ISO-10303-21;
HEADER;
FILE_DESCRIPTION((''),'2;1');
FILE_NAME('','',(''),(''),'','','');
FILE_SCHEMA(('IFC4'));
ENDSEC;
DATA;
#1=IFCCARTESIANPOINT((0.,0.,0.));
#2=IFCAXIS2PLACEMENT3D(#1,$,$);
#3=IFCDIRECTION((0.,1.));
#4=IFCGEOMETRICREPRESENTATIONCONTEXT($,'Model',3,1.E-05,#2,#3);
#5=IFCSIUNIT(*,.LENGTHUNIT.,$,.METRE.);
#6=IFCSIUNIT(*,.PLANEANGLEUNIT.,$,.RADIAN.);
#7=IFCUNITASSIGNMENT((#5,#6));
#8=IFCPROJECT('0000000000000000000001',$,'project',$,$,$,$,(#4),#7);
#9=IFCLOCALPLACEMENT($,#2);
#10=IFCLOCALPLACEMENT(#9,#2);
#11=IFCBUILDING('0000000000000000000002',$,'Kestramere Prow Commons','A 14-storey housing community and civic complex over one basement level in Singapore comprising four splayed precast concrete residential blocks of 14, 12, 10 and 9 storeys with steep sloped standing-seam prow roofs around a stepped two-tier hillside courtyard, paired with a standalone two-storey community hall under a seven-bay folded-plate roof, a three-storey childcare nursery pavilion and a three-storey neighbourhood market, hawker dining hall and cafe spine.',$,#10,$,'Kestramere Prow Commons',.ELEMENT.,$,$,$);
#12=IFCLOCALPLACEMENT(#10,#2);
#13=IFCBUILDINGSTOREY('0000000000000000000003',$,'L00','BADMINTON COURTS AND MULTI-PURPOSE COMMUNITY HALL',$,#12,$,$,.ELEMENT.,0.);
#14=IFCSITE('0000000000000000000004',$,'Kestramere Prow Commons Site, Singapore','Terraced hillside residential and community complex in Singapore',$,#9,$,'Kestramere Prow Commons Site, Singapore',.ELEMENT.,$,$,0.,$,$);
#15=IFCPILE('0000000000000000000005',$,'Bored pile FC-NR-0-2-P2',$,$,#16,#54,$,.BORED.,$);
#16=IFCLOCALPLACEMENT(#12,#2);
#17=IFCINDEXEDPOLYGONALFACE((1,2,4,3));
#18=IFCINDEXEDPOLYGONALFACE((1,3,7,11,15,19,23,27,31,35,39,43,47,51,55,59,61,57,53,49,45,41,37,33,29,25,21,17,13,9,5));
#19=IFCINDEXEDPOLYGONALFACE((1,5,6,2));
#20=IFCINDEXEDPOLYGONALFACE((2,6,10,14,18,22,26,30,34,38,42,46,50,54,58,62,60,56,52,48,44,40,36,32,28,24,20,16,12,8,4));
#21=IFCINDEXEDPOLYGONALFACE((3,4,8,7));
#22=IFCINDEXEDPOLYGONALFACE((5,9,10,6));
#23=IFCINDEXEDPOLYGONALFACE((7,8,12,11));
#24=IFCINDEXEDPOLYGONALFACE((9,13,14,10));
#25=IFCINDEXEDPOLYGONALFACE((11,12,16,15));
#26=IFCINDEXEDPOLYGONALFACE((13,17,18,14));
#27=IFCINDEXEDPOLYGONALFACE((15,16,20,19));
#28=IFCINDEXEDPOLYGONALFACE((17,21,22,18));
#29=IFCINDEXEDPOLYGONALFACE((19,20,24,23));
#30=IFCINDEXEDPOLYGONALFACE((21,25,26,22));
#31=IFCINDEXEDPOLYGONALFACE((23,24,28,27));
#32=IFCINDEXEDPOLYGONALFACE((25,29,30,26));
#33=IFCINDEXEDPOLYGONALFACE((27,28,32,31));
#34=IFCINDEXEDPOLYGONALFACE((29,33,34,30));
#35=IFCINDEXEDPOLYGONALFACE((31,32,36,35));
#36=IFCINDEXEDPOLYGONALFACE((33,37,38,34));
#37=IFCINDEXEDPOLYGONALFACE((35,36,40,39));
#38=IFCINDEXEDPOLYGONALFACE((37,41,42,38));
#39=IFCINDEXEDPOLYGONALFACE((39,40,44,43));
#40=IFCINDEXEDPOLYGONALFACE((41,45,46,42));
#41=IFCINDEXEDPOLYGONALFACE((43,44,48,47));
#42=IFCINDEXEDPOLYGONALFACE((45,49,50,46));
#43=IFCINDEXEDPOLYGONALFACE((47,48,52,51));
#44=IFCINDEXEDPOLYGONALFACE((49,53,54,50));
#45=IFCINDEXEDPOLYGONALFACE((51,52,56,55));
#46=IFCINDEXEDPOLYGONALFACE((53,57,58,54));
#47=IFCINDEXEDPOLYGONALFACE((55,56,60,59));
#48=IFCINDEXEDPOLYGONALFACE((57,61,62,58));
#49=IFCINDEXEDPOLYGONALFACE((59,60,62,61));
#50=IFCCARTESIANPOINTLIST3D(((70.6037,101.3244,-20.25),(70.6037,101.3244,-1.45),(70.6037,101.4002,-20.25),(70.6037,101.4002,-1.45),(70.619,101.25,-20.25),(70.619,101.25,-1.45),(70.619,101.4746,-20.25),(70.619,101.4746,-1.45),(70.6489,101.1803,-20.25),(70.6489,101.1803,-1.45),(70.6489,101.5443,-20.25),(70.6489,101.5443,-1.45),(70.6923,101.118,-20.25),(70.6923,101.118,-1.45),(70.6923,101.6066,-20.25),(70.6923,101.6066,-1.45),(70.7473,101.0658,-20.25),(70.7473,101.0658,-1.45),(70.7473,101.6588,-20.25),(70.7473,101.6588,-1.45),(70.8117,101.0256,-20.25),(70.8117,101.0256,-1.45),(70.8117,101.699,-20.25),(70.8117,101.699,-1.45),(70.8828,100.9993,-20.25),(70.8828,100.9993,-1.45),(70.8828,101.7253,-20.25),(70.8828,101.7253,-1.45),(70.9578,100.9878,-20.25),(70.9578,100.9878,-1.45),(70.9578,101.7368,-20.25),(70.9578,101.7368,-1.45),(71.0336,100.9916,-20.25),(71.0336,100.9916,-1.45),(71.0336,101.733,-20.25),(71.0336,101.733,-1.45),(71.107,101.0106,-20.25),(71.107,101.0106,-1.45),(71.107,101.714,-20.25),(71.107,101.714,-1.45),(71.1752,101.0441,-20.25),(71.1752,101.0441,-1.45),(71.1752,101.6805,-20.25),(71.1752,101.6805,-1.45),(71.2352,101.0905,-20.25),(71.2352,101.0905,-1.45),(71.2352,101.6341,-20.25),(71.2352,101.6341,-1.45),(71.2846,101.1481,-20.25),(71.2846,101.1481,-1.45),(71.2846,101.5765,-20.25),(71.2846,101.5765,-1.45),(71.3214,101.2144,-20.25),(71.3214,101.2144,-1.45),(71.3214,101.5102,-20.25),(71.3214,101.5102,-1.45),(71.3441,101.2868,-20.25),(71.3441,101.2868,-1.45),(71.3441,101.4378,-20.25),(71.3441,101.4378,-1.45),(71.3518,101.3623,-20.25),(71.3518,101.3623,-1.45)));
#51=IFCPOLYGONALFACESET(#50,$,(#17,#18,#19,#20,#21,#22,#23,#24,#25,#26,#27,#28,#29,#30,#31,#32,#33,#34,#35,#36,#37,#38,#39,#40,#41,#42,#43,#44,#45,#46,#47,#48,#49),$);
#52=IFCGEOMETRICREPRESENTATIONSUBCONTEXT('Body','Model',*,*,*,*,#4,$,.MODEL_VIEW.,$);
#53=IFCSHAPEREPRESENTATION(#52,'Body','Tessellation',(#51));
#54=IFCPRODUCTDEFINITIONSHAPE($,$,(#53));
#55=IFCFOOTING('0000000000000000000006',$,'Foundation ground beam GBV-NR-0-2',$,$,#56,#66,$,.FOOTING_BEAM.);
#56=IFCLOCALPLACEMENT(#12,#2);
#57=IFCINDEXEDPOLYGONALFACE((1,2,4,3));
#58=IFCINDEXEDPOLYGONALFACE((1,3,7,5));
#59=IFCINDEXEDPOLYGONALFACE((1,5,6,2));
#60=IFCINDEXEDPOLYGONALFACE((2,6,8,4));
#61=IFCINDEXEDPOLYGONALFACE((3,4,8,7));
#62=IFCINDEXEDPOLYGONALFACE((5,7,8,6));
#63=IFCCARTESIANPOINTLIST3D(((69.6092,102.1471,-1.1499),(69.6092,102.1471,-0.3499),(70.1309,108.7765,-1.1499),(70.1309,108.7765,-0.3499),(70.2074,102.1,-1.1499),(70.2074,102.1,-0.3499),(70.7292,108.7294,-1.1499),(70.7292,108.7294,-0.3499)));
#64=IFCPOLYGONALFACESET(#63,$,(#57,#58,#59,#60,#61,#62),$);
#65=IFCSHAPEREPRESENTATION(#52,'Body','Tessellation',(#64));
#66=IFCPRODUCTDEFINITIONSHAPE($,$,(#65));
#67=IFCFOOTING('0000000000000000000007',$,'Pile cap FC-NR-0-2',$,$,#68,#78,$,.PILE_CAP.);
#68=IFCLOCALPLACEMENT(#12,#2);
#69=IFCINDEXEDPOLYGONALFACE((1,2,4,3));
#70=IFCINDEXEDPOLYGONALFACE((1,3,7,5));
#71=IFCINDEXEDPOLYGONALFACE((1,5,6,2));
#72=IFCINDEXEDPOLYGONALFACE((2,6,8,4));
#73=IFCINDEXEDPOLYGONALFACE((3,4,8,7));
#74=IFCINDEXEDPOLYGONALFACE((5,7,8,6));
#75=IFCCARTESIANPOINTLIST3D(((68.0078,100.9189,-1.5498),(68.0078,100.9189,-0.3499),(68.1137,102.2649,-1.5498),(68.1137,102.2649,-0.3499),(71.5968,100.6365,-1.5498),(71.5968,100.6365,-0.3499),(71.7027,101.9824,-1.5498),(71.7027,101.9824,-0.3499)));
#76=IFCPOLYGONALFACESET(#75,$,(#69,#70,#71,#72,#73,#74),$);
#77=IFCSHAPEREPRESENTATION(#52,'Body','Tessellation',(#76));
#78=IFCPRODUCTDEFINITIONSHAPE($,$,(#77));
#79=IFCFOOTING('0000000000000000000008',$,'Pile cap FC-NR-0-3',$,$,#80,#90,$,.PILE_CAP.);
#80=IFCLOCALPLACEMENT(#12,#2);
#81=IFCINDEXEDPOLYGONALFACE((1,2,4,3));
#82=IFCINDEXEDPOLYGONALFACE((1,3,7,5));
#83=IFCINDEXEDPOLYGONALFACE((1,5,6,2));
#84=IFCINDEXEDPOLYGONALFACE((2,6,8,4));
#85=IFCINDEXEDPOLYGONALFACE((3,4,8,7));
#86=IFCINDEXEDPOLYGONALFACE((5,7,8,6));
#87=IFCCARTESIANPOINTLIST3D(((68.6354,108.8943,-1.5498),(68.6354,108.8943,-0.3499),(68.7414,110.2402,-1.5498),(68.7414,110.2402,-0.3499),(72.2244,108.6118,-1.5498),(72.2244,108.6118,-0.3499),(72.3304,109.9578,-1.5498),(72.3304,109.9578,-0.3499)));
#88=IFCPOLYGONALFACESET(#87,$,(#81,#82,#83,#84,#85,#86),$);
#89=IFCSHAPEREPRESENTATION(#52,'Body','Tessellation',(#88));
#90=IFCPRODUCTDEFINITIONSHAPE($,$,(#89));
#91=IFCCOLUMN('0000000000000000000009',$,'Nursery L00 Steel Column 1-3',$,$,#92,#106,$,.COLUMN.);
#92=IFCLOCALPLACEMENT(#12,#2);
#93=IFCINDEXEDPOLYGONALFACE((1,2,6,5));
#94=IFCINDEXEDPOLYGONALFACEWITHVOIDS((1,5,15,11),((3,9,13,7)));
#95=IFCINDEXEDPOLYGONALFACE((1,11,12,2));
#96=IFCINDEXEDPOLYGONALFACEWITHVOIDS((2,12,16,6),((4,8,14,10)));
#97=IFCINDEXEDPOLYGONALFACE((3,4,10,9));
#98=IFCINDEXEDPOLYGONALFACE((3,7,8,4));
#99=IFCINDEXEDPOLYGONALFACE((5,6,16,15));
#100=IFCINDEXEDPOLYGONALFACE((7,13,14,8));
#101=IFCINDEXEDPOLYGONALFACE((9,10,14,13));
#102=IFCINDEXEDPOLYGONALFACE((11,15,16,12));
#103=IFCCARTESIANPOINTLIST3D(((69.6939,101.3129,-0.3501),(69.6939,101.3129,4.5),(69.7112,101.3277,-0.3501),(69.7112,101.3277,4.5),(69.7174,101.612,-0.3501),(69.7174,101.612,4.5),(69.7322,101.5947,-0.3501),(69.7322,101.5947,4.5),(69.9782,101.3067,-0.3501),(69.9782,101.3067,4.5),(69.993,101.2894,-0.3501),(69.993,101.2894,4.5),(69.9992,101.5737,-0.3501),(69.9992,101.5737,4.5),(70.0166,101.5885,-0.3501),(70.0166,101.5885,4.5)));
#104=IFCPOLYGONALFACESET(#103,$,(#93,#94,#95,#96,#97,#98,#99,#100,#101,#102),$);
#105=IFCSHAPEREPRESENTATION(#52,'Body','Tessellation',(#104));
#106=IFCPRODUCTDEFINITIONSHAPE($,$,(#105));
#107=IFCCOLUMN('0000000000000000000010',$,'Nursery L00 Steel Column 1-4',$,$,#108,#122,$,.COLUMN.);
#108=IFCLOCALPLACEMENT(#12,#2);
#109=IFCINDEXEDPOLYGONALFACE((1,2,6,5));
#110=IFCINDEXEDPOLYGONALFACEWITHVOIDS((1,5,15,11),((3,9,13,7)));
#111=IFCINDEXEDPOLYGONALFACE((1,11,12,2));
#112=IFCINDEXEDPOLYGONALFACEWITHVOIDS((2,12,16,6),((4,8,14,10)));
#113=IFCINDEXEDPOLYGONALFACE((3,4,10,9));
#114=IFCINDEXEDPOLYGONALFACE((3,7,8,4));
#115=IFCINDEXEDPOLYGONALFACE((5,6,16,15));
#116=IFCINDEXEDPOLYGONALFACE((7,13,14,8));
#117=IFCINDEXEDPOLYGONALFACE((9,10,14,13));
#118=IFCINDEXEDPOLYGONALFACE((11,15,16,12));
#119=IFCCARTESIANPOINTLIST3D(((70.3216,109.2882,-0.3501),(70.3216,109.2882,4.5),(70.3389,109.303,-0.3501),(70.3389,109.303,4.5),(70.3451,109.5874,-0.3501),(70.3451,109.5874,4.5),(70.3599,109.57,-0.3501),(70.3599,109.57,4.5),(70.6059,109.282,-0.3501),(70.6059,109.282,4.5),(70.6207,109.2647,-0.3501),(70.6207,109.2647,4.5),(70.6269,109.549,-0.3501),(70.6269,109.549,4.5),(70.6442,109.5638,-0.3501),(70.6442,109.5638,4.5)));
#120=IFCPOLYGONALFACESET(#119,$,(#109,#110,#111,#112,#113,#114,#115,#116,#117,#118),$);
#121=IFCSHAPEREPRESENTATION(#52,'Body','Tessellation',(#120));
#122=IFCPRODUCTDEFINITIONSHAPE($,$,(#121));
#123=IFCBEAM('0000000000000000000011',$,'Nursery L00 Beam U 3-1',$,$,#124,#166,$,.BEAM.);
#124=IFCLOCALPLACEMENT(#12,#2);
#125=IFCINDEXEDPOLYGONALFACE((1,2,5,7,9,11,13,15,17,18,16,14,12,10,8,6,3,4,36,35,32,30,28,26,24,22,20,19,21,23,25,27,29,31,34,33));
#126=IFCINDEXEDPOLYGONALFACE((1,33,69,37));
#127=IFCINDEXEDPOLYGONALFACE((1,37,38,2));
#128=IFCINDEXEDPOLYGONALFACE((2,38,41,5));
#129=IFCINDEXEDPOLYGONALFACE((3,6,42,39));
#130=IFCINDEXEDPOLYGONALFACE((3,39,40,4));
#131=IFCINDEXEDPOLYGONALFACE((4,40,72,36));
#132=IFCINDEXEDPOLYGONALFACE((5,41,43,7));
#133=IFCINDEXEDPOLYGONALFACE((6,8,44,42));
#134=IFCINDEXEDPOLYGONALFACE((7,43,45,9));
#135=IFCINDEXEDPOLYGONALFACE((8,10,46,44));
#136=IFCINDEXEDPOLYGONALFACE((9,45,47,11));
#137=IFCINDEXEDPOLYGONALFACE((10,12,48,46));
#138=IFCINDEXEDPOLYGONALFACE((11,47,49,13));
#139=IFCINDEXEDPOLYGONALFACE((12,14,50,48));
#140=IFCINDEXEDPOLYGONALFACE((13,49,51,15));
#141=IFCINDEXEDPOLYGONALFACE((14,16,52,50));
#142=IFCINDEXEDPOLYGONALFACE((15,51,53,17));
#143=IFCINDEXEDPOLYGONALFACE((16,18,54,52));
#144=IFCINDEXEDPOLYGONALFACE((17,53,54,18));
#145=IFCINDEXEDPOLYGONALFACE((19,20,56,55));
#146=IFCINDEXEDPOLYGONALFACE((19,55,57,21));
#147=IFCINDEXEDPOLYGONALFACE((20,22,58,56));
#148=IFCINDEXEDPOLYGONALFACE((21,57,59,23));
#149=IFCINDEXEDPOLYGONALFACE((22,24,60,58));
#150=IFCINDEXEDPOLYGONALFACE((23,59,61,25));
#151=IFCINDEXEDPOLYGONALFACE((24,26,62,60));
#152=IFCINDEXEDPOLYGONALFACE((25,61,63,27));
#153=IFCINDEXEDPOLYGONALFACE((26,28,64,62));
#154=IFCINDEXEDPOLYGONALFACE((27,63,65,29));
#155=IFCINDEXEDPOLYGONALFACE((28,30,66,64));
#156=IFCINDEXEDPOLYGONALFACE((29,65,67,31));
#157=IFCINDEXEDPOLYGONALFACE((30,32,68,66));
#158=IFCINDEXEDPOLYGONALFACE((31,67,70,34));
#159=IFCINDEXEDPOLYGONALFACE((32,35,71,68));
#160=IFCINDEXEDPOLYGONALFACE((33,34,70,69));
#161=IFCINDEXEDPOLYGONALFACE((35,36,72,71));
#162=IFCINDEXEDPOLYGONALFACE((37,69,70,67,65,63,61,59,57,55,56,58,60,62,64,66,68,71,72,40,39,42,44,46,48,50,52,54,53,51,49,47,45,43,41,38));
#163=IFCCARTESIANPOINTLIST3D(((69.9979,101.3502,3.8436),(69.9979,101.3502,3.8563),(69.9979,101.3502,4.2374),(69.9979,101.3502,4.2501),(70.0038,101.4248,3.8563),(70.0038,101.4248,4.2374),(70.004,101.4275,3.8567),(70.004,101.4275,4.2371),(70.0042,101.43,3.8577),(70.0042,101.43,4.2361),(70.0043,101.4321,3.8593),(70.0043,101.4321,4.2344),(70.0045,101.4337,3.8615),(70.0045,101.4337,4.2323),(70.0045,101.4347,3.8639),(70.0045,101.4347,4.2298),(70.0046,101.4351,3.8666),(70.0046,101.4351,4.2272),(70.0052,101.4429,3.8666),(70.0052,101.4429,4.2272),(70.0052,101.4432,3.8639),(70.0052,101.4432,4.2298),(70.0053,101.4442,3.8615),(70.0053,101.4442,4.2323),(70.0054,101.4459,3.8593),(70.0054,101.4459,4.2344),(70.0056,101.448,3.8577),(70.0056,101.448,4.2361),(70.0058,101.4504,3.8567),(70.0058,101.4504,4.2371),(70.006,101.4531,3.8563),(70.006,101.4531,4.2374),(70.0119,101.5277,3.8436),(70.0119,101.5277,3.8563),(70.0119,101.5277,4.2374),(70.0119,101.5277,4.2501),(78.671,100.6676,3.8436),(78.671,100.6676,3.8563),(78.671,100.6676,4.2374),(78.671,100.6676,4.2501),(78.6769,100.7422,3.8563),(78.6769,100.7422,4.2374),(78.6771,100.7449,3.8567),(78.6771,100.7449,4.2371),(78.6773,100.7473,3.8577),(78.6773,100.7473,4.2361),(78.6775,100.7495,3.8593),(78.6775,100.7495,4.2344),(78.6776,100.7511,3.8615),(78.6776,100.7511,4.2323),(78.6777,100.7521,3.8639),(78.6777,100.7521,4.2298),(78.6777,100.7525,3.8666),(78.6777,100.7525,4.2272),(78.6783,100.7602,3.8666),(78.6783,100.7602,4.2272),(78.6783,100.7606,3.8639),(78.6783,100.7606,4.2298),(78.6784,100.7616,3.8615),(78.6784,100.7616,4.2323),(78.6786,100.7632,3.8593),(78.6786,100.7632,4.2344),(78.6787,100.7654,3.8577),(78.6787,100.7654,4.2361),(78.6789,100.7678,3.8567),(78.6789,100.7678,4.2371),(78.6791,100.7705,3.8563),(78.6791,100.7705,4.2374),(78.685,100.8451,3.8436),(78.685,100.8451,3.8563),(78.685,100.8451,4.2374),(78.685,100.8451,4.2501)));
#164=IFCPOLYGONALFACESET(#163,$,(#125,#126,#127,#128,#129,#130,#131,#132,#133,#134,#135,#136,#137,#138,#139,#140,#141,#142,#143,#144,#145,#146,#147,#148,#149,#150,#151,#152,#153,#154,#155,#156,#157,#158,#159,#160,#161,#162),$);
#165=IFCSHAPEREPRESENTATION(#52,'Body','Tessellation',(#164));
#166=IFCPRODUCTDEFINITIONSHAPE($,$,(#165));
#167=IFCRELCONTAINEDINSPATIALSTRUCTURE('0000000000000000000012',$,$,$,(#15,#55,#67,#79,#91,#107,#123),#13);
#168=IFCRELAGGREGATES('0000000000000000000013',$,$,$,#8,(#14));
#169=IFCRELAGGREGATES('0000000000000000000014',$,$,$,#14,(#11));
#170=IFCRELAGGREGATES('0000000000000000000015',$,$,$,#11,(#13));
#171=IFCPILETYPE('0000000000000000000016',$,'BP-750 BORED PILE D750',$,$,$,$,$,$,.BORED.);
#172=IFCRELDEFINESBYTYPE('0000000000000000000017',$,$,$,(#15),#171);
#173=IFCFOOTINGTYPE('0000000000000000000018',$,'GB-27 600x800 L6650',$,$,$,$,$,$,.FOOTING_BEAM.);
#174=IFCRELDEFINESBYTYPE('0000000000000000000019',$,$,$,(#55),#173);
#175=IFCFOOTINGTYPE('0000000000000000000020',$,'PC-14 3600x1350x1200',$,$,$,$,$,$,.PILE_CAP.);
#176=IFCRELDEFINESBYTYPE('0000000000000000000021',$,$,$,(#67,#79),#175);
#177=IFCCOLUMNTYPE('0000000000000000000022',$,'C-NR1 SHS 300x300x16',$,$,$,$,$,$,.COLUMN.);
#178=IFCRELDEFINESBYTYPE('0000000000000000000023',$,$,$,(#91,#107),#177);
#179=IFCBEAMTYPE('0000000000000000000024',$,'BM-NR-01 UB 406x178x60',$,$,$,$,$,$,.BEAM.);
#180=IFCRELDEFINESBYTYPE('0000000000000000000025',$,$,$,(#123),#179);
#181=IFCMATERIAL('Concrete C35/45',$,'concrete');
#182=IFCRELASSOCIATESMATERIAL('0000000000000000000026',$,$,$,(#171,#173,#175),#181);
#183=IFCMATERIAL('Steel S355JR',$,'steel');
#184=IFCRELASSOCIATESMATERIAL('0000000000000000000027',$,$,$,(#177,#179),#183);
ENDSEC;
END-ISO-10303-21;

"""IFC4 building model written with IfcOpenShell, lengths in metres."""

from ifc_helpers import new_model, si_unit, direction, frame, origin, origin_2d, place, context, subcontext, project, spatial, rectangle, hollow_rectangle, circle, i_section, extrude, material, material_profile, profile_set, type_object, element, save


model = new_model("IFC4")

# Units and contexts
model_context = context("Model", 3, precision=1e-05, world=origin(), true_north=direction((0.0, 1.0)))
body_context = subcontext(model_context, "Body", "Model", "MODEL_VIEW")
ifc_project = project(units=[si_unit("LENGTHUNIT", "METRE"), si_unit("PLANEANGLEUNIT", "RADIAN")], contexts=[model_context])

# Site, building, storey
site_placement = place(None, origin())
site = spatial("IfcSite", under=ifc_project, at=site_placement, Name="Kestramere Prow Commons Site, Singapore", Description="Terraced hillside residential and community complex in Singapore", LongName="Kestramere Prow Commons Site, Singapore", CompositionType="ELEMENT", RefElevation=0.0)
building_placement = place(site_placement, origin())
building = spatial("IfcBuilding", under=site, at=building_placement, Name="Kestramere Prow Commons", Description="A 14-storey housing community and civic complex over one basement level in Singapore comprising four splayed precast concrete residential blocks of 14, 12, 10 and 9 storeys with steep sloped standing-seam prow roofs around a stepped two-tier hillside courtyard, paired with a standalone two-storey community hall under a seven-bay folded-plate roof, a three-storey childcare nursery pavilion and a three-storey neighbourhood market, hawker dining hall and cafe spine.", LongName="Kestramere Prow Commons", CompositionType="ELEMENT")
storey_placement = place(building_placement, origin())
storey = spatial("IfcBuildingStorey", under=building, at=storey_placement, Name="L00", Description="BADMINTON COURTS AND MULTI-PURPOSE COMMUNITY HALL", CompositionType="ELEMENT", Elevation=0.0)

# Pile
ifc_material_1 = material(Name="Concrete C35/45", Category="concrete")
ifc_material_profile_1 = material_profile(ifc_material_1, circle(Radius=0.375, at=origin_2d()), Name="BORED PILE D750")
ifc_profile_set_1 = profile_set([ifc_material_profile_1], Name="Concrete C35/45")
pile_type = type_object("IfcPileType", Name="BP-750 BORED PILE D750", PredefinedType="BORED", material=ifc_profile_set_1)
pile_placement = place(storey_placement, frame((70.9768, 101.3623, -1.45), z_axis=(0.0, 0.0, -1.0), x_axis=(1.0, 0.0, 0.0)))
element("IfcPile", 1, at=pile_placement, inside=storey, type_object=pile_type, Name="Bored pile FC-NR-0-2-P2", PredefinedType="BORED", context=body_context, shape_type="SweptSolid", body=[
    extrude(circle(Radius=0.375, at=origin_2d()), origin(), (0.0, 0.0, 1.0), 18.8),
])

# Footings
footing_type_1 = type_object("IfcFootingType", Name="GB-27 600x800 L6650", PredefinedType="FOOTING_BEAM", material=ifc_material_1)
footing_placement = place(storey_placement, frame((70.1692, 105.4382, -1.1499), z_axis=(0.0, 0.0, 1.0), x_axis=(0.078459, 0.996917, 0.0)))
element("IfcFooting", 2, at=footing_placement, inside=storey, type_object=footing_type_1, Name="Foundation ground beam GBV-NR-0-2", PredefinedType="FOOTING_BEAM", context=body_context, shape_type="SweptSolid", body=[
    extrude(rectangle(XDim=6.6499, YDim=0.6001, at=origin_2d()), origin(), (0.0, 0.0, 1.0), 0.8),
])
footing_type_2 = type_object("IfcFootingType", Name="PC-14 3600x1350x1200", PredefinedType="PILE_CAP", material=ifc_material_1)
for number, where, z_axis, x_axis, name in (
    (3, (69.8552, 101.4507, -1.5498), (0.0, 0.0, 1.0), (0.996917, -0.078459, 0.0), "Pile cap FC-NR-0-2"),
    (4, (70.4829, 109.426, -1.5498), (0.0, 0.0, 1.0), (0.996917, -0.078459, 0.0), "Pile cap FC-NR-0-3"),
):
    element("IfcFooting", number, at=place(storey_placement, frame(where, z_axis=z_axis, x_axis=x_axis)), inside=storey, type_object=footing_type_2, Name=name, PredefinedType="PILE_CAP", context=body_context, shape_type="SweptSolid", body=[
        extrude(rectangle(XDim=3.6001, YDim=1.3501, at=origin_2d()), origin(), (0.0, 0.0, 1.0), 1.2),
    ])

# Columns
ifc_material_2 = material(Name="Steel S355JR", Category="steel")
ifc_material_profile_2 = material_profile(ifc_material_2, hollow_rectangle(XDim=0.3, YDim=0.3, WallThickness=0.0161, at=origin_2d()), Name="SHS 300x300x16")
ifc_profile_set_2 = profile_set([ifc_material_profile_2], Name="Steel S355JR")
column_type = type_object("IfcColumnType", Name="C-NR1 SHS 300x300x16", PredefinedType="COLUMN", material=ifc_profile_set_2)
for number, where, z_axis, x_axis, name in (
    (5, (69.8552, 101.4507, -0.3501), (0.0, 0.0, 1.0), (0.996917, -0.078459, 0.0), "Nursery L00 Steel Column 1-3"),
    (6, (70.4829, 109.426, -0.3501), (0.0, 0.0, 1.0), (0.996917, -0.078459, 0.0), "Nursery L00 Steel Column 1-4"),
):
    element("IfcColumn", number, at=place(storey_placement, frame(where, z_axis=z_axis, x_axis=x_axis)), inside=storey, type_object=column_type, Name=name, PredefinedType="COLUMN", context=body_context, shape_type="SweptSolid", body=[
        extrude(hollow_rectangle(XDim=0.3, YDim=0.3, WallThickness=0.0161, at=origin_2d()), origin(), (0.0, 0.0, 1.0), 4.8501),
    ])

# Beam
ifc_material_profile_3 = material_profile(ifc_material_2, i_section(OverallWidth=0.178, OverallDepth=0.4065, WebThickness=0.0078, FlangeThickness=0.0127, FilletRadius=0.0103, at=origin_2d()), Name="UB 406x178x60")
ifc_profile_set_3 = profile_set([ifc_material_profile_3], Name="Steel S355JR")
beam_type_1 = type_object("IfcBeamType", Name="BM-NR-01 UB 406x178x60", PredefinedType="BEAM", material=ifc_profile_set_3)
beam_1_placement = place(storey_placement, frame((70.0049, 101.439, 4.0469), z_axis=(0.996917, -0.078462, 0.0), x_axis=(0.078462, 0.996917, 0.0)))
element("IfcBeam", 7, at=beam_1_placement, inside=storey, type_object=beam_type_1, Name="Nursery L00 Beam U 3-1", PredefinedType="BEAM", context=body_context, shape_type="SweptSolid", body=[
    extrude(i_section(OverallWidth=0.178, OverallDepth=0.4065, WebThickness=0.0078, FlangeThickness=0.0127, FilletRadius=0.0103, at=origin_2d()), origin(), (0.0, 0.0, 1.0), 8.7),
])

save(model, "model.ifc")
